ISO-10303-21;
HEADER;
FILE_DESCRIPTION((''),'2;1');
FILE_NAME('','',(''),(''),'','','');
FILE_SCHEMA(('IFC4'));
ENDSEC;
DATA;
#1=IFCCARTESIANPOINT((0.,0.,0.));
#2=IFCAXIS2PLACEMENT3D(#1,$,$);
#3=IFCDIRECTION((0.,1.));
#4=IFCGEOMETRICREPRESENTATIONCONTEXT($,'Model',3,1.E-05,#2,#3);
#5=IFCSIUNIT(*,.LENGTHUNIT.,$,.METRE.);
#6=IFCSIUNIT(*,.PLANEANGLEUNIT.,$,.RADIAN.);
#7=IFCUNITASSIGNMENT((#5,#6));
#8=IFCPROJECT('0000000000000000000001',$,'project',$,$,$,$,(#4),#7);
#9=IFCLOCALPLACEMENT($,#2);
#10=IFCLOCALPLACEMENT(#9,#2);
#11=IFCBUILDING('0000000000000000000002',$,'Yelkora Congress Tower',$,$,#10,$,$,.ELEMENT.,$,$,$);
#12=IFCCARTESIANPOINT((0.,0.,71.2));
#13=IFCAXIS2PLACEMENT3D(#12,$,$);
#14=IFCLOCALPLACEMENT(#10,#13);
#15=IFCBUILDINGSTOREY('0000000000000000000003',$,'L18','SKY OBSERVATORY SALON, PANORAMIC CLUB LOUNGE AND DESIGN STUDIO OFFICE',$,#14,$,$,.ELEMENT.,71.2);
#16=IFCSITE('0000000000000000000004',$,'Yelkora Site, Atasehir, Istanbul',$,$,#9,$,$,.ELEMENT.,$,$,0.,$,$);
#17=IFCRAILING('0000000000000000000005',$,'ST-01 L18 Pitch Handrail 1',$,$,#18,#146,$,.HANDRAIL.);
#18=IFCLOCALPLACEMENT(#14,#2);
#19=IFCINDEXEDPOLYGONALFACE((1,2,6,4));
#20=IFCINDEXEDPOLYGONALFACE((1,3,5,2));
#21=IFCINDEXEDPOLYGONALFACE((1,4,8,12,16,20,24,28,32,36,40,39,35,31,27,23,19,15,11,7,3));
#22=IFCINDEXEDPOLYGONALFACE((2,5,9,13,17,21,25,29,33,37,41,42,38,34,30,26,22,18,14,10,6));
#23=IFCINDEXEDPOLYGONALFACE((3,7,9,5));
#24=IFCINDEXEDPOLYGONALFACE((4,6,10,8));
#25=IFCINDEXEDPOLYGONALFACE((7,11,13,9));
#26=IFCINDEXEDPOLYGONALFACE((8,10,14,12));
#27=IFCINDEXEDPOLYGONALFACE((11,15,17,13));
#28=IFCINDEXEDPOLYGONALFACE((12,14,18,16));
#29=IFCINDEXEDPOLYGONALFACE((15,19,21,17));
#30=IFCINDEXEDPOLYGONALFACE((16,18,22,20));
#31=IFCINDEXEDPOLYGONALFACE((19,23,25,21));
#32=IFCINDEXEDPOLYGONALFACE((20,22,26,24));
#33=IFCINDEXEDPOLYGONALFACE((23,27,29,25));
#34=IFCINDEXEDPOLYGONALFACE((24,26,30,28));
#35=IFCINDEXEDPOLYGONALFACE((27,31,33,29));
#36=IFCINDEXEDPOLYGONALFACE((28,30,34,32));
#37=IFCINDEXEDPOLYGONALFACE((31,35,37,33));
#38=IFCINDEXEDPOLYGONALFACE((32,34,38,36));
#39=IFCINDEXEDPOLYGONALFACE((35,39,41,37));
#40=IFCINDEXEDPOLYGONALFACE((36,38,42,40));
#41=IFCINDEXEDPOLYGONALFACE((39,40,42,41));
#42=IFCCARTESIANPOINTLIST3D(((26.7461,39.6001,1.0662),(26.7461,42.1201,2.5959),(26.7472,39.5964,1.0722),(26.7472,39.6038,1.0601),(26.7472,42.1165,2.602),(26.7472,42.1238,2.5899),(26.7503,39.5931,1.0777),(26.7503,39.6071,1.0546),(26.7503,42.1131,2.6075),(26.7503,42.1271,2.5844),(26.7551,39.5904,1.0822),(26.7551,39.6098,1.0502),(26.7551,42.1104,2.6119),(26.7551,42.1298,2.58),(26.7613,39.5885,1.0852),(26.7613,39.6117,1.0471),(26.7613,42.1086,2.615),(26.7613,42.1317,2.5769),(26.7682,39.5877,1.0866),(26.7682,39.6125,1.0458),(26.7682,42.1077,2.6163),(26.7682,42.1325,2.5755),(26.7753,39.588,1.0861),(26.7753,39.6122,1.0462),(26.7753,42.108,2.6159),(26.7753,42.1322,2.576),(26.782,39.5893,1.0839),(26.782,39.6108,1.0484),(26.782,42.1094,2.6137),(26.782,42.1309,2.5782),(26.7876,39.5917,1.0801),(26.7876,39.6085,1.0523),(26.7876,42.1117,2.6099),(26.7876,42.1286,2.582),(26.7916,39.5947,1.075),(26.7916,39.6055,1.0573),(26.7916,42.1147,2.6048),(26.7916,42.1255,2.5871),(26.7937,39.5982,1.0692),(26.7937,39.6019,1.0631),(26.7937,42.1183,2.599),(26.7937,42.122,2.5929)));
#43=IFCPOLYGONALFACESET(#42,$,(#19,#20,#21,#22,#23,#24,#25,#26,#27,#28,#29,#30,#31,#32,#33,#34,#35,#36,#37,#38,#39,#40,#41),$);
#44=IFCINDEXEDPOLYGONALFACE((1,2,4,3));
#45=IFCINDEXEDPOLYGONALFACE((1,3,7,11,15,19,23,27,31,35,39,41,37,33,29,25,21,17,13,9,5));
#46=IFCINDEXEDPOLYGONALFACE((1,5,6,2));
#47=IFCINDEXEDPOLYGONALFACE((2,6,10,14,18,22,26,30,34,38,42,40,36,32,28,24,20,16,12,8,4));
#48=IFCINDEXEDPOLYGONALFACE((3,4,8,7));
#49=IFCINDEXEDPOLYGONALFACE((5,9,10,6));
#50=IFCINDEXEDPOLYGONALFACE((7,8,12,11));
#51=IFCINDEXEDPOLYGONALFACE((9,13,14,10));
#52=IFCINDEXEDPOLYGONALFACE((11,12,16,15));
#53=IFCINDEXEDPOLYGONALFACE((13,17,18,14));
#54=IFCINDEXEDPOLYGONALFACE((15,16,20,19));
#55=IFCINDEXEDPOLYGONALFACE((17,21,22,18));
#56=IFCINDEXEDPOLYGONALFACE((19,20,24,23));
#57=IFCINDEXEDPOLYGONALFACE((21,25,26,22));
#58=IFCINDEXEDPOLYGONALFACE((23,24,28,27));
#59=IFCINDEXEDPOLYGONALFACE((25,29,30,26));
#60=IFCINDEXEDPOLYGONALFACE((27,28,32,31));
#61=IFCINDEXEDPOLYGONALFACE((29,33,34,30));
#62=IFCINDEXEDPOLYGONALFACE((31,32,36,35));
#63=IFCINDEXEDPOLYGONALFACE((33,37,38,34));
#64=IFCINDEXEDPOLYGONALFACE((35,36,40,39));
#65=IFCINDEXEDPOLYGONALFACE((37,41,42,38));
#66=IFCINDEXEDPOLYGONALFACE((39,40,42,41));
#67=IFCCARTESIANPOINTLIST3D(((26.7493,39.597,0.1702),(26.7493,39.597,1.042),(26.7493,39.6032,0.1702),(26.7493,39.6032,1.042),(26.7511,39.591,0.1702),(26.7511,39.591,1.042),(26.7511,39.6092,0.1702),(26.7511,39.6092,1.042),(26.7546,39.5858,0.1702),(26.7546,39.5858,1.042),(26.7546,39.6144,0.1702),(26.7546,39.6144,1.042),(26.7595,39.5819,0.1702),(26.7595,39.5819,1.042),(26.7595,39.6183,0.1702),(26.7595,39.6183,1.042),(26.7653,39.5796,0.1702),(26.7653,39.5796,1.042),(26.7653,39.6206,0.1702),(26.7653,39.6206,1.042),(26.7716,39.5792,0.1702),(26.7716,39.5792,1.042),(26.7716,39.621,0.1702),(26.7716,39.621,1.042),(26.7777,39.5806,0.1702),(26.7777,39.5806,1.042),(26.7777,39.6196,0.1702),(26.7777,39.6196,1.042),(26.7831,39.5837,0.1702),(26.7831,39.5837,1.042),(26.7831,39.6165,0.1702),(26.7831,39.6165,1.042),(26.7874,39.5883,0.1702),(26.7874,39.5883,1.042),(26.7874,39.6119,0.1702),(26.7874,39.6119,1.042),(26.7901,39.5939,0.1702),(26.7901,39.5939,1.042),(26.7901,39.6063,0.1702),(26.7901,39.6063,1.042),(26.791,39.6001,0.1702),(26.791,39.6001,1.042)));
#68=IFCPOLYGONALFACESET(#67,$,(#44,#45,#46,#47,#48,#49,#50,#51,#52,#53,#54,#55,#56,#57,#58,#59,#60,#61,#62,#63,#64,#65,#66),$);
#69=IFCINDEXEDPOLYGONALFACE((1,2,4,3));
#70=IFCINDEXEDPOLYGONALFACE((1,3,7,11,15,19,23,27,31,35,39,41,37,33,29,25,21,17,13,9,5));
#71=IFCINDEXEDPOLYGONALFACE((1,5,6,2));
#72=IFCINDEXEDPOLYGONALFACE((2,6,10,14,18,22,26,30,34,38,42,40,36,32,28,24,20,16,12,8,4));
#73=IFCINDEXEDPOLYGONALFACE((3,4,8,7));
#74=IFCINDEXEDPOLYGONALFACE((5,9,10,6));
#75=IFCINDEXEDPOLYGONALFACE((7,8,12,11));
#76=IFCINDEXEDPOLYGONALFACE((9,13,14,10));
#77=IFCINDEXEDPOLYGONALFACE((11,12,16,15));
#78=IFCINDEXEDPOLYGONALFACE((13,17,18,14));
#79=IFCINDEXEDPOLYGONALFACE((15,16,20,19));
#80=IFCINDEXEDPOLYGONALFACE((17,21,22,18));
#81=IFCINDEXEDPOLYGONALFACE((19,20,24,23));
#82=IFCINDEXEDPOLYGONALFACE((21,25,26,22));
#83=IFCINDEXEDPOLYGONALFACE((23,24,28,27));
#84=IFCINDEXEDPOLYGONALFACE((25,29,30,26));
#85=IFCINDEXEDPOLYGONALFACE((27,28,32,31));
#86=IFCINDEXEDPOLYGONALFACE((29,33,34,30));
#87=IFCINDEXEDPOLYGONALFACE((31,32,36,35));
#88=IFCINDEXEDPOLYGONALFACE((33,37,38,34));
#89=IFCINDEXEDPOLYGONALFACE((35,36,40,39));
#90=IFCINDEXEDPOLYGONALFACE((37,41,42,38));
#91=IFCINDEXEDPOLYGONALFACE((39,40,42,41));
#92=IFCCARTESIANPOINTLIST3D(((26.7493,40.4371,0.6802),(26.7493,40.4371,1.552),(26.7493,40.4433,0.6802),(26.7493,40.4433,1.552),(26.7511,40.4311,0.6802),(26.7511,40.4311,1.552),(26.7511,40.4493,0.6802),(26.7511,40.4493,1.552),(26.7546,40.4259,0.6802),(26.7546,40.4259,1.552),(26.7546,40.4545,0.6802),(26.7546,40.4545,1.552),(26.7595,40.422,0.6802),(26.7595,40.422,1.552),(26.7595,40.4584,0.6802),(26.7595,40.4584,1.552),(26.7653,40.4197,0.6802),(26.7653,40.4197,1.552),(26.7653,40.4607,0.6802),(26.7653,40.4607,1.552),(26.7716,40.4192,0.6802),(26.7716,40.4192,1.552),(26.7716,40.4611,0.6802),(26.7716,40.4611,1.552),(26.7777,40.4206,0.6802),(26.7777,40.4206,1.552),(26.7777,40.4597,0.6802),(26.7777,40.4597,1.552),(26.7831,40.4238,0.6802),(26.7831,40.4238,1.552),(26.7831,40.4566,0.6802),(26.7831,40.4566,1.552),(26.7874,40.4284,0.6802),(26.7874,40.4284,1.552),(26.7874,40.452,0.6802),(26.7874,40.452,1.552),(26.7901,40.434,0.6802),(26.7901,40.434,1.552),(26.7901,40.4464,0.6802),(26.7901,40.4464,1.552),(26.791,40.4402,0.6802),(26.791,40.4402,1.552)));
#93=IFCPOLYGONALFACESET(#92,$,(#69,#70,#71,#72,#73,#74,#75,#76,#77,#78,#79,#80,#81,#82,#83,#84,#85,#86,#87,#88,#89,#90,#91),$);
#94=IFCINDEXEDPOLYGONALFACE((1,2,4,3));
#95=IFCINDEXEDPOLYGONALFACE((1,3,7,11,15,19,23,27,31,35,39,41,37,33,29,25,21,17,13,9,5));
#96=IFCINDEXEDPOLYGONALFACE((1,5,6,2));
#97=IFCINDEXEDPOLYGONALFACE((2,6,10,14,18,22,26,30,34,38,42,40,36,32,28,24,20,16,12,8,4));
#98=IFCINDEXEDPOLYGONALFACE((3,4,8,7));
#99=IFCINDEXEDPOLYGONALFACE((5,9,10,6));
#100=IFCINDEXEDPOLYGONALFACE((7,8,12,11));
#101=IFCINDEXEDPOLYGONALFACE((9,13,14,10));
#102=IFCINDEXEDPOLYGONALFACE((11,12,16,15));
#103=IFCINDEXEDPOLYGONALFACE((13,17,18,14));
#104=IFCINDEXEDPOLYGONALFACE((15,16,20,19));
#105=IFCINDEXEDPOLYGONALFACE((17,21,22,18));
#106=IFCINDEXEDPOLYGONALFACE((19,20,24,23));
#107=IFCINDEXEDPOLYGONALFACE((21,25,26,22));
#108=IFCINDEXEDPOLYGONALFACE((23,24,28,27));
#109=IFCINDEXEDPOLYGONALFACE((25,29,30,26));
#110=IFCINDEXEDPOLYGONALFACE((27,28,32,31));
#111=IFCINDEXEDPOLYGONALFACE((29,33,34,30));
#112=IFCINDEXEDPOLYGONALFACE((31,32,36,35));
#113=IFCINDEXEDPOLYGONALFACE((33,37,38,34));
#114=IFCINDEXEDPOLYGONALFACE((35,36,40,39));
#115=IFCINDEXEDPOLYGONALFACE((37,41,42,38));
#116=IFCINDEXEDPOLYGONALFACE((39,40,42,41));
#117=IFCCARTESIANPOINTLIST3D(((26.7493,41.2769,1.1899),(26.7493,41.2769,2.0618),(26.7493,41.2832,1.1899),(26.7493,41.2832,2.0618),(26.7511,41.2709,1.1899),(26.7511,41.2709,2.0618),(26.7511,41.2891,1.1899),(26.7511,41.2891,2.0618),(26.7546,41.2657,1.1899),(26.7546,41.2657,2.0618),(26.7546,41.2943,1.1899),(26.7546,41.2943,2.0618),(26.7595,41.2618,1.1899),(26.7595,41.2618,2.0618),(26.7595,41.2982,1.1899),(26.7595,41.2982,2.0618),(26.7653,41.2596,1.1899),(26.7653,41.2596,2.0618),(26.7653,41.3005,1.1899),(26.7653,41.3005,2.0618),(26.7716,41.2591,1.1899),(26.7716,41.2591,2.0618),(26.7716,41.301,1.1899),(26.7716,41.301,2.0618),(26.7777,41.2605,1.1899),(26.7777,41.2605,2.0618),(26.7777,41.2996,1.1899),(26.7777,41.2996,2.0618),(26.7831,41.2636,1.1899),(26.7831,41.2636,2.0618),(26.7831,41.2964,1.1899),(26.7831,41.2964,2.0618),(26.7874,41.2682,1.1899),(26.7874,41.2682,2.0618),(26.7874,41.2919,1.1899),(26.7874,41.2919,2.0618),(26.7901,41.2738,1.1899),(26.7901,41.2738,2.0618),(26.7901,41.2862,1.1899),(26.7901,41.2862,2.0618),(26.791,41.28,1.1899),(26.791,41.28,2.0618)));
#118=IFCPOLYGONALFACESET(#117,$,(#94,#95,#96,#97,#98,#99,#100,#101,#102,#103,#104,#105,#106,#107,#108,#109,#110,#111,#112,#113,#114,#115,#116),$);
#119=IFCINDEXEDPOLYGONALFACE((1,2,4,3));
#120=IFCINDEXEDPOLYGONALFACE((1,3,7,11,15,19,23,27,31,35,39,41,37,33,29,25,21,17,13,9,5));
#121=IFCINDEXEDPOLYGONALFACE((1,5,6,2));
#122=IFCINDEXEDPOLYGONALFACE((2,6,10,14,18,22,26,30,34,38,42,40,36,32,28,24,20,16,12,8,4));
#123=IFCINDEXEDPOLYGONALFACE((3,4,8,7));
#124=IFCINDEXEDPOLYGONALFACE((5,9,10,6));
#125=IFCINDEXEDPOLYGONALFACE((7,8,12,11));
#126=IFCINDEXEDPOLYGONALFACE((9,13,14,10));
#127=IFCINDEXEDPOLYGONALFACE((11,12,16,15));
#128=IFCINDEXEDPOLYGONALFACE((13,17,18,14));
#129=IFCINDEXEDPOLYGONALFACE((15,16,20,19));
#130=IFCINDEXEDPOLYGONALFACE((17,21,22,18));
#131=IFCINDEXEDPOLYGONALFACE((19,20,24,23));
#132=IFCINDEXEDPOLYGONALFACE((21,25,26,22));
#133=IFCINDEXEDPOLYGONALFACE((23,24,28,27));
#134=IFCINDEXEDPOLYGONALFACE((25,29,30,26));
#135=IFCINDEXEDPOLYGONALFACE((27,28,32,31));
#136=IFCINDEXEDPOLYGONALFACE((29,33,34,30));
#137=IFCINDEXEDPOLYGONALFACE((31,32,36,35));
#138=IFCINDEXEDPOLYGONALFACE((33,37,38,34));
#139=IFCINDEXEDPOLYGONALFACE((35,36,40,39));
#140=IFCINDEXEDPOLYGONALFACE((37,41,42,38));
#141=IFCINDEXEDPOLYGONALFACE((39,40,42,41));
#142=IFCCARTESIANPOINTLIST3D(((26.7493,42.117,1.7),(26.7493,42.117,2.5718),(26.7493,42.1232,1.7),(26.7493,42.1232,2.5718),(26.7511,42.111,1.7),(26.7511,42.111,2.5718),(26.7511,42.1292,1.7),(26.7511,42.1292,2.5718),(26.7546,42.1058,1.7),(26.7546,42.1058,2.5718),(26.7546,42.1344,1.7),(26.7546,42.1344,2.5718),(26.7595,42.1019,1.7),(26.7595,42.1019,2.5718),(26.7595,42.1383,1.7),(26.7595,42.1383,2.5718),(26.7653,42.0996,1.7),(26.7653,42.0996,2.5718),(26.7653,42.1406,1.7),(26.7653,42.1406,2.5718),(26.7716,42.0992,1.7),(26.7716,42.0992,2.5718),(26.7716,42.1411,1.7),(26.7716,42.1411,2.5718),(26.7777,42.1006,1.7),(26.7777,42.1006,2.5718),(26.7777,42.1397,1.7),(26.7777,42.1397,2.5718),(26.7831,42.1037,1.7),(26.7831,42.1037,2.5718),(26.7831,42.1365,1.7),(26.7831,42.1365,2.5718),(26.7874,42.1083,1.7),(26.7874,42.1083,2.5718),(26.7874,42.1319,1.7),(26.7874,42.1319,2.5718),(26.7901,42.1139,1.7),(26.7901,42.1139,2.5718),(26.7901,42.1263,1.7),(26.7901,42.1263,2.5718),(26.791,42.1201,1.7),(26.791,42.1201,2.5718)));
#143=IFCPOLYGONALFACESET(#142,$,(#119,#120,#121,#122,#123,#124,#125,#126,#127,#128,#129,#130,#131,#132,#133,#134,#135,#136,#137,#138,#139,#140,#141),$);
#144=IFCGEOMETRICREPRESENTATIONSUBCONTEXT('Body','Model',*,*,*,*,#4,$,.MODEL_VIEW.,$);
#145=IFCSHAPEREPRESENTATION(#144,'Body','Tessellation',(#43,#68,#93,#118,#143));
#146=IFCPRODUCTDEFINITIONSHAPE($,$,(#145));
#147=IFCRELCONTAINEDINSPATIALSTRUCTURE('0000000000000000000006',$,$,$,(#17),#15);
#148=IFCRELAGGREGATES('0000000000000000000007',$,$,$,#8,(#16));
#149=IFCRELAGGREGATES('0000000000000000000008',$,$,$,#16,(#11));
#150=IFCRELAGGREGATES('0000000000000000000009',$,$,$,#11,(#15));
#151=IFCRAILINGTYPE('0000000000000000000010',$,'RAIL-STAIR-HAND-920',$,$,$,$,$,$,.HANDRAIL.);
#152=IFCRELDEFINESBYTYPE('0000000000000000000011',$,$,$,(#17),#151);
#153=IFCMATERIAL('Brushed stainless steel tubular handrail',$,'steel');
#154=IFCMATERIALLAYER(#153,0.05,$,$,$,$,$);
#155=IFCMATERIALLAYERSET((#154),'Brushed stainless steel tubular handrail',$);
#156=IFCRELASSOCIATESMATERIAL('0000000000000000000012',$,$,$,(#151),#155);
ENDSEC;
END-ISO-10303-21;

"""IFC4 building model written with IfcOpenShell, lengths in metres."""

from ifc_helpers import new_model, si_unit, direction, frame, origin, origin_2d, place, context, subcontext, project, spatial, circle, extrude, material, layer, layer_set, type_object, element, save


model = new_model("IFC4")

# Units and contexts
model_context = context("Model", 3, precision=1e-05, world=origin(), true_north=direction((0.0, 1.0)))
body_context = subcontext(model_context, "Body", "Model", "MODEL_VIEW")
ifc_project = project(units=[si_unit("LENGTHUNIT", "METRE"), si_unit("PLANEANGLEUNIT", "RADIAN")], contexts=[model_context])

# Site, building, storey
site_placement = place(None, origin())
site = spatial("IfcSite", under=ifc_project, at=site_placement, Name="Yelkora Site, Atasehir, Istanbul", CompositionType="ELEMENT", RefElevation=0.0)
building_placement = place(site_placement, origin())
building = spatial("IfcBuilding", under=site, at=building_placement, Name="Yelkora Congress Tower", CompositionType="ELEMENT")
storey_placement = place(building_placement, frame((0.0, 0.0, 71.2)))
storey = spatial("IfcBuildingStorey", under=building, at=storey_placement, Name="L18", Description="SKY OBSERVATORY SALON, PANORAMIC CLUB LOUNGE AND DESIGN STUDIO OFFICE", CompositionType="ELEMENT", Elevation=71.2)

# Railing
ifc_material_1 = material(Name="Brushed stainless steel tubular handrail", Category="steel")
ifc_layer_1 = layer(ifc_material_1, 0.05)
ifc_layer_set_1 = layer_set([ifc_layer_1], Name="Brushed stainless steel tubular handrail")
railing_type_1 = type_object("IfcRailingType", Name="RAIL-STAIR-HAND-920", PredefinedType="HANDRAIL", material=ifc_layer_set_1)
railing_1_placement = place(storey_placement, frame((26.77, 39.6001, 0.1702)))
element("IfcRailing", 1, at=railing_1_placement, inside=storey, type_object=railing_type_1, Name="ST-01 L18 Pitch Handrail 1", PredefinedType="HANDRAIL", context=body_context, shape_type="SweptSolid", body=[
    extrude(circle(Radius=0.0239, at=origin_2d()), frame((0.0, 0.0, 0.896), z_axis=(0.0, 0.854822, 0.518922), x_axis=(-1.0, 0.0, 0.0)), (0.0, 0.0, 1.0), 2.948),
    extrude(circle(Radius=0.021, at=origin_2d()), origin(), (0.0, 0.0, 1.0), 0.8718),
    extrude(circle(Radius=0.021, at=origin_2d()), frame((0.0, 0.8401, 0.51)), (0.0, 0.0, 1.0), 0.8718),
    extrude(circle(Radius=0.021, at=origin_2d()), frame((0.0, 1.6799, 1.0198)), (0.0, 0.0, 1.0), 0.8718),
    extrude(circle(Radius=0.021, at=origin_2d()), frame((0.0, 2.52, 1.5298)), (0.0, 0.0, 1.0), 0.8718),
])

save(model, "model.ifc")
